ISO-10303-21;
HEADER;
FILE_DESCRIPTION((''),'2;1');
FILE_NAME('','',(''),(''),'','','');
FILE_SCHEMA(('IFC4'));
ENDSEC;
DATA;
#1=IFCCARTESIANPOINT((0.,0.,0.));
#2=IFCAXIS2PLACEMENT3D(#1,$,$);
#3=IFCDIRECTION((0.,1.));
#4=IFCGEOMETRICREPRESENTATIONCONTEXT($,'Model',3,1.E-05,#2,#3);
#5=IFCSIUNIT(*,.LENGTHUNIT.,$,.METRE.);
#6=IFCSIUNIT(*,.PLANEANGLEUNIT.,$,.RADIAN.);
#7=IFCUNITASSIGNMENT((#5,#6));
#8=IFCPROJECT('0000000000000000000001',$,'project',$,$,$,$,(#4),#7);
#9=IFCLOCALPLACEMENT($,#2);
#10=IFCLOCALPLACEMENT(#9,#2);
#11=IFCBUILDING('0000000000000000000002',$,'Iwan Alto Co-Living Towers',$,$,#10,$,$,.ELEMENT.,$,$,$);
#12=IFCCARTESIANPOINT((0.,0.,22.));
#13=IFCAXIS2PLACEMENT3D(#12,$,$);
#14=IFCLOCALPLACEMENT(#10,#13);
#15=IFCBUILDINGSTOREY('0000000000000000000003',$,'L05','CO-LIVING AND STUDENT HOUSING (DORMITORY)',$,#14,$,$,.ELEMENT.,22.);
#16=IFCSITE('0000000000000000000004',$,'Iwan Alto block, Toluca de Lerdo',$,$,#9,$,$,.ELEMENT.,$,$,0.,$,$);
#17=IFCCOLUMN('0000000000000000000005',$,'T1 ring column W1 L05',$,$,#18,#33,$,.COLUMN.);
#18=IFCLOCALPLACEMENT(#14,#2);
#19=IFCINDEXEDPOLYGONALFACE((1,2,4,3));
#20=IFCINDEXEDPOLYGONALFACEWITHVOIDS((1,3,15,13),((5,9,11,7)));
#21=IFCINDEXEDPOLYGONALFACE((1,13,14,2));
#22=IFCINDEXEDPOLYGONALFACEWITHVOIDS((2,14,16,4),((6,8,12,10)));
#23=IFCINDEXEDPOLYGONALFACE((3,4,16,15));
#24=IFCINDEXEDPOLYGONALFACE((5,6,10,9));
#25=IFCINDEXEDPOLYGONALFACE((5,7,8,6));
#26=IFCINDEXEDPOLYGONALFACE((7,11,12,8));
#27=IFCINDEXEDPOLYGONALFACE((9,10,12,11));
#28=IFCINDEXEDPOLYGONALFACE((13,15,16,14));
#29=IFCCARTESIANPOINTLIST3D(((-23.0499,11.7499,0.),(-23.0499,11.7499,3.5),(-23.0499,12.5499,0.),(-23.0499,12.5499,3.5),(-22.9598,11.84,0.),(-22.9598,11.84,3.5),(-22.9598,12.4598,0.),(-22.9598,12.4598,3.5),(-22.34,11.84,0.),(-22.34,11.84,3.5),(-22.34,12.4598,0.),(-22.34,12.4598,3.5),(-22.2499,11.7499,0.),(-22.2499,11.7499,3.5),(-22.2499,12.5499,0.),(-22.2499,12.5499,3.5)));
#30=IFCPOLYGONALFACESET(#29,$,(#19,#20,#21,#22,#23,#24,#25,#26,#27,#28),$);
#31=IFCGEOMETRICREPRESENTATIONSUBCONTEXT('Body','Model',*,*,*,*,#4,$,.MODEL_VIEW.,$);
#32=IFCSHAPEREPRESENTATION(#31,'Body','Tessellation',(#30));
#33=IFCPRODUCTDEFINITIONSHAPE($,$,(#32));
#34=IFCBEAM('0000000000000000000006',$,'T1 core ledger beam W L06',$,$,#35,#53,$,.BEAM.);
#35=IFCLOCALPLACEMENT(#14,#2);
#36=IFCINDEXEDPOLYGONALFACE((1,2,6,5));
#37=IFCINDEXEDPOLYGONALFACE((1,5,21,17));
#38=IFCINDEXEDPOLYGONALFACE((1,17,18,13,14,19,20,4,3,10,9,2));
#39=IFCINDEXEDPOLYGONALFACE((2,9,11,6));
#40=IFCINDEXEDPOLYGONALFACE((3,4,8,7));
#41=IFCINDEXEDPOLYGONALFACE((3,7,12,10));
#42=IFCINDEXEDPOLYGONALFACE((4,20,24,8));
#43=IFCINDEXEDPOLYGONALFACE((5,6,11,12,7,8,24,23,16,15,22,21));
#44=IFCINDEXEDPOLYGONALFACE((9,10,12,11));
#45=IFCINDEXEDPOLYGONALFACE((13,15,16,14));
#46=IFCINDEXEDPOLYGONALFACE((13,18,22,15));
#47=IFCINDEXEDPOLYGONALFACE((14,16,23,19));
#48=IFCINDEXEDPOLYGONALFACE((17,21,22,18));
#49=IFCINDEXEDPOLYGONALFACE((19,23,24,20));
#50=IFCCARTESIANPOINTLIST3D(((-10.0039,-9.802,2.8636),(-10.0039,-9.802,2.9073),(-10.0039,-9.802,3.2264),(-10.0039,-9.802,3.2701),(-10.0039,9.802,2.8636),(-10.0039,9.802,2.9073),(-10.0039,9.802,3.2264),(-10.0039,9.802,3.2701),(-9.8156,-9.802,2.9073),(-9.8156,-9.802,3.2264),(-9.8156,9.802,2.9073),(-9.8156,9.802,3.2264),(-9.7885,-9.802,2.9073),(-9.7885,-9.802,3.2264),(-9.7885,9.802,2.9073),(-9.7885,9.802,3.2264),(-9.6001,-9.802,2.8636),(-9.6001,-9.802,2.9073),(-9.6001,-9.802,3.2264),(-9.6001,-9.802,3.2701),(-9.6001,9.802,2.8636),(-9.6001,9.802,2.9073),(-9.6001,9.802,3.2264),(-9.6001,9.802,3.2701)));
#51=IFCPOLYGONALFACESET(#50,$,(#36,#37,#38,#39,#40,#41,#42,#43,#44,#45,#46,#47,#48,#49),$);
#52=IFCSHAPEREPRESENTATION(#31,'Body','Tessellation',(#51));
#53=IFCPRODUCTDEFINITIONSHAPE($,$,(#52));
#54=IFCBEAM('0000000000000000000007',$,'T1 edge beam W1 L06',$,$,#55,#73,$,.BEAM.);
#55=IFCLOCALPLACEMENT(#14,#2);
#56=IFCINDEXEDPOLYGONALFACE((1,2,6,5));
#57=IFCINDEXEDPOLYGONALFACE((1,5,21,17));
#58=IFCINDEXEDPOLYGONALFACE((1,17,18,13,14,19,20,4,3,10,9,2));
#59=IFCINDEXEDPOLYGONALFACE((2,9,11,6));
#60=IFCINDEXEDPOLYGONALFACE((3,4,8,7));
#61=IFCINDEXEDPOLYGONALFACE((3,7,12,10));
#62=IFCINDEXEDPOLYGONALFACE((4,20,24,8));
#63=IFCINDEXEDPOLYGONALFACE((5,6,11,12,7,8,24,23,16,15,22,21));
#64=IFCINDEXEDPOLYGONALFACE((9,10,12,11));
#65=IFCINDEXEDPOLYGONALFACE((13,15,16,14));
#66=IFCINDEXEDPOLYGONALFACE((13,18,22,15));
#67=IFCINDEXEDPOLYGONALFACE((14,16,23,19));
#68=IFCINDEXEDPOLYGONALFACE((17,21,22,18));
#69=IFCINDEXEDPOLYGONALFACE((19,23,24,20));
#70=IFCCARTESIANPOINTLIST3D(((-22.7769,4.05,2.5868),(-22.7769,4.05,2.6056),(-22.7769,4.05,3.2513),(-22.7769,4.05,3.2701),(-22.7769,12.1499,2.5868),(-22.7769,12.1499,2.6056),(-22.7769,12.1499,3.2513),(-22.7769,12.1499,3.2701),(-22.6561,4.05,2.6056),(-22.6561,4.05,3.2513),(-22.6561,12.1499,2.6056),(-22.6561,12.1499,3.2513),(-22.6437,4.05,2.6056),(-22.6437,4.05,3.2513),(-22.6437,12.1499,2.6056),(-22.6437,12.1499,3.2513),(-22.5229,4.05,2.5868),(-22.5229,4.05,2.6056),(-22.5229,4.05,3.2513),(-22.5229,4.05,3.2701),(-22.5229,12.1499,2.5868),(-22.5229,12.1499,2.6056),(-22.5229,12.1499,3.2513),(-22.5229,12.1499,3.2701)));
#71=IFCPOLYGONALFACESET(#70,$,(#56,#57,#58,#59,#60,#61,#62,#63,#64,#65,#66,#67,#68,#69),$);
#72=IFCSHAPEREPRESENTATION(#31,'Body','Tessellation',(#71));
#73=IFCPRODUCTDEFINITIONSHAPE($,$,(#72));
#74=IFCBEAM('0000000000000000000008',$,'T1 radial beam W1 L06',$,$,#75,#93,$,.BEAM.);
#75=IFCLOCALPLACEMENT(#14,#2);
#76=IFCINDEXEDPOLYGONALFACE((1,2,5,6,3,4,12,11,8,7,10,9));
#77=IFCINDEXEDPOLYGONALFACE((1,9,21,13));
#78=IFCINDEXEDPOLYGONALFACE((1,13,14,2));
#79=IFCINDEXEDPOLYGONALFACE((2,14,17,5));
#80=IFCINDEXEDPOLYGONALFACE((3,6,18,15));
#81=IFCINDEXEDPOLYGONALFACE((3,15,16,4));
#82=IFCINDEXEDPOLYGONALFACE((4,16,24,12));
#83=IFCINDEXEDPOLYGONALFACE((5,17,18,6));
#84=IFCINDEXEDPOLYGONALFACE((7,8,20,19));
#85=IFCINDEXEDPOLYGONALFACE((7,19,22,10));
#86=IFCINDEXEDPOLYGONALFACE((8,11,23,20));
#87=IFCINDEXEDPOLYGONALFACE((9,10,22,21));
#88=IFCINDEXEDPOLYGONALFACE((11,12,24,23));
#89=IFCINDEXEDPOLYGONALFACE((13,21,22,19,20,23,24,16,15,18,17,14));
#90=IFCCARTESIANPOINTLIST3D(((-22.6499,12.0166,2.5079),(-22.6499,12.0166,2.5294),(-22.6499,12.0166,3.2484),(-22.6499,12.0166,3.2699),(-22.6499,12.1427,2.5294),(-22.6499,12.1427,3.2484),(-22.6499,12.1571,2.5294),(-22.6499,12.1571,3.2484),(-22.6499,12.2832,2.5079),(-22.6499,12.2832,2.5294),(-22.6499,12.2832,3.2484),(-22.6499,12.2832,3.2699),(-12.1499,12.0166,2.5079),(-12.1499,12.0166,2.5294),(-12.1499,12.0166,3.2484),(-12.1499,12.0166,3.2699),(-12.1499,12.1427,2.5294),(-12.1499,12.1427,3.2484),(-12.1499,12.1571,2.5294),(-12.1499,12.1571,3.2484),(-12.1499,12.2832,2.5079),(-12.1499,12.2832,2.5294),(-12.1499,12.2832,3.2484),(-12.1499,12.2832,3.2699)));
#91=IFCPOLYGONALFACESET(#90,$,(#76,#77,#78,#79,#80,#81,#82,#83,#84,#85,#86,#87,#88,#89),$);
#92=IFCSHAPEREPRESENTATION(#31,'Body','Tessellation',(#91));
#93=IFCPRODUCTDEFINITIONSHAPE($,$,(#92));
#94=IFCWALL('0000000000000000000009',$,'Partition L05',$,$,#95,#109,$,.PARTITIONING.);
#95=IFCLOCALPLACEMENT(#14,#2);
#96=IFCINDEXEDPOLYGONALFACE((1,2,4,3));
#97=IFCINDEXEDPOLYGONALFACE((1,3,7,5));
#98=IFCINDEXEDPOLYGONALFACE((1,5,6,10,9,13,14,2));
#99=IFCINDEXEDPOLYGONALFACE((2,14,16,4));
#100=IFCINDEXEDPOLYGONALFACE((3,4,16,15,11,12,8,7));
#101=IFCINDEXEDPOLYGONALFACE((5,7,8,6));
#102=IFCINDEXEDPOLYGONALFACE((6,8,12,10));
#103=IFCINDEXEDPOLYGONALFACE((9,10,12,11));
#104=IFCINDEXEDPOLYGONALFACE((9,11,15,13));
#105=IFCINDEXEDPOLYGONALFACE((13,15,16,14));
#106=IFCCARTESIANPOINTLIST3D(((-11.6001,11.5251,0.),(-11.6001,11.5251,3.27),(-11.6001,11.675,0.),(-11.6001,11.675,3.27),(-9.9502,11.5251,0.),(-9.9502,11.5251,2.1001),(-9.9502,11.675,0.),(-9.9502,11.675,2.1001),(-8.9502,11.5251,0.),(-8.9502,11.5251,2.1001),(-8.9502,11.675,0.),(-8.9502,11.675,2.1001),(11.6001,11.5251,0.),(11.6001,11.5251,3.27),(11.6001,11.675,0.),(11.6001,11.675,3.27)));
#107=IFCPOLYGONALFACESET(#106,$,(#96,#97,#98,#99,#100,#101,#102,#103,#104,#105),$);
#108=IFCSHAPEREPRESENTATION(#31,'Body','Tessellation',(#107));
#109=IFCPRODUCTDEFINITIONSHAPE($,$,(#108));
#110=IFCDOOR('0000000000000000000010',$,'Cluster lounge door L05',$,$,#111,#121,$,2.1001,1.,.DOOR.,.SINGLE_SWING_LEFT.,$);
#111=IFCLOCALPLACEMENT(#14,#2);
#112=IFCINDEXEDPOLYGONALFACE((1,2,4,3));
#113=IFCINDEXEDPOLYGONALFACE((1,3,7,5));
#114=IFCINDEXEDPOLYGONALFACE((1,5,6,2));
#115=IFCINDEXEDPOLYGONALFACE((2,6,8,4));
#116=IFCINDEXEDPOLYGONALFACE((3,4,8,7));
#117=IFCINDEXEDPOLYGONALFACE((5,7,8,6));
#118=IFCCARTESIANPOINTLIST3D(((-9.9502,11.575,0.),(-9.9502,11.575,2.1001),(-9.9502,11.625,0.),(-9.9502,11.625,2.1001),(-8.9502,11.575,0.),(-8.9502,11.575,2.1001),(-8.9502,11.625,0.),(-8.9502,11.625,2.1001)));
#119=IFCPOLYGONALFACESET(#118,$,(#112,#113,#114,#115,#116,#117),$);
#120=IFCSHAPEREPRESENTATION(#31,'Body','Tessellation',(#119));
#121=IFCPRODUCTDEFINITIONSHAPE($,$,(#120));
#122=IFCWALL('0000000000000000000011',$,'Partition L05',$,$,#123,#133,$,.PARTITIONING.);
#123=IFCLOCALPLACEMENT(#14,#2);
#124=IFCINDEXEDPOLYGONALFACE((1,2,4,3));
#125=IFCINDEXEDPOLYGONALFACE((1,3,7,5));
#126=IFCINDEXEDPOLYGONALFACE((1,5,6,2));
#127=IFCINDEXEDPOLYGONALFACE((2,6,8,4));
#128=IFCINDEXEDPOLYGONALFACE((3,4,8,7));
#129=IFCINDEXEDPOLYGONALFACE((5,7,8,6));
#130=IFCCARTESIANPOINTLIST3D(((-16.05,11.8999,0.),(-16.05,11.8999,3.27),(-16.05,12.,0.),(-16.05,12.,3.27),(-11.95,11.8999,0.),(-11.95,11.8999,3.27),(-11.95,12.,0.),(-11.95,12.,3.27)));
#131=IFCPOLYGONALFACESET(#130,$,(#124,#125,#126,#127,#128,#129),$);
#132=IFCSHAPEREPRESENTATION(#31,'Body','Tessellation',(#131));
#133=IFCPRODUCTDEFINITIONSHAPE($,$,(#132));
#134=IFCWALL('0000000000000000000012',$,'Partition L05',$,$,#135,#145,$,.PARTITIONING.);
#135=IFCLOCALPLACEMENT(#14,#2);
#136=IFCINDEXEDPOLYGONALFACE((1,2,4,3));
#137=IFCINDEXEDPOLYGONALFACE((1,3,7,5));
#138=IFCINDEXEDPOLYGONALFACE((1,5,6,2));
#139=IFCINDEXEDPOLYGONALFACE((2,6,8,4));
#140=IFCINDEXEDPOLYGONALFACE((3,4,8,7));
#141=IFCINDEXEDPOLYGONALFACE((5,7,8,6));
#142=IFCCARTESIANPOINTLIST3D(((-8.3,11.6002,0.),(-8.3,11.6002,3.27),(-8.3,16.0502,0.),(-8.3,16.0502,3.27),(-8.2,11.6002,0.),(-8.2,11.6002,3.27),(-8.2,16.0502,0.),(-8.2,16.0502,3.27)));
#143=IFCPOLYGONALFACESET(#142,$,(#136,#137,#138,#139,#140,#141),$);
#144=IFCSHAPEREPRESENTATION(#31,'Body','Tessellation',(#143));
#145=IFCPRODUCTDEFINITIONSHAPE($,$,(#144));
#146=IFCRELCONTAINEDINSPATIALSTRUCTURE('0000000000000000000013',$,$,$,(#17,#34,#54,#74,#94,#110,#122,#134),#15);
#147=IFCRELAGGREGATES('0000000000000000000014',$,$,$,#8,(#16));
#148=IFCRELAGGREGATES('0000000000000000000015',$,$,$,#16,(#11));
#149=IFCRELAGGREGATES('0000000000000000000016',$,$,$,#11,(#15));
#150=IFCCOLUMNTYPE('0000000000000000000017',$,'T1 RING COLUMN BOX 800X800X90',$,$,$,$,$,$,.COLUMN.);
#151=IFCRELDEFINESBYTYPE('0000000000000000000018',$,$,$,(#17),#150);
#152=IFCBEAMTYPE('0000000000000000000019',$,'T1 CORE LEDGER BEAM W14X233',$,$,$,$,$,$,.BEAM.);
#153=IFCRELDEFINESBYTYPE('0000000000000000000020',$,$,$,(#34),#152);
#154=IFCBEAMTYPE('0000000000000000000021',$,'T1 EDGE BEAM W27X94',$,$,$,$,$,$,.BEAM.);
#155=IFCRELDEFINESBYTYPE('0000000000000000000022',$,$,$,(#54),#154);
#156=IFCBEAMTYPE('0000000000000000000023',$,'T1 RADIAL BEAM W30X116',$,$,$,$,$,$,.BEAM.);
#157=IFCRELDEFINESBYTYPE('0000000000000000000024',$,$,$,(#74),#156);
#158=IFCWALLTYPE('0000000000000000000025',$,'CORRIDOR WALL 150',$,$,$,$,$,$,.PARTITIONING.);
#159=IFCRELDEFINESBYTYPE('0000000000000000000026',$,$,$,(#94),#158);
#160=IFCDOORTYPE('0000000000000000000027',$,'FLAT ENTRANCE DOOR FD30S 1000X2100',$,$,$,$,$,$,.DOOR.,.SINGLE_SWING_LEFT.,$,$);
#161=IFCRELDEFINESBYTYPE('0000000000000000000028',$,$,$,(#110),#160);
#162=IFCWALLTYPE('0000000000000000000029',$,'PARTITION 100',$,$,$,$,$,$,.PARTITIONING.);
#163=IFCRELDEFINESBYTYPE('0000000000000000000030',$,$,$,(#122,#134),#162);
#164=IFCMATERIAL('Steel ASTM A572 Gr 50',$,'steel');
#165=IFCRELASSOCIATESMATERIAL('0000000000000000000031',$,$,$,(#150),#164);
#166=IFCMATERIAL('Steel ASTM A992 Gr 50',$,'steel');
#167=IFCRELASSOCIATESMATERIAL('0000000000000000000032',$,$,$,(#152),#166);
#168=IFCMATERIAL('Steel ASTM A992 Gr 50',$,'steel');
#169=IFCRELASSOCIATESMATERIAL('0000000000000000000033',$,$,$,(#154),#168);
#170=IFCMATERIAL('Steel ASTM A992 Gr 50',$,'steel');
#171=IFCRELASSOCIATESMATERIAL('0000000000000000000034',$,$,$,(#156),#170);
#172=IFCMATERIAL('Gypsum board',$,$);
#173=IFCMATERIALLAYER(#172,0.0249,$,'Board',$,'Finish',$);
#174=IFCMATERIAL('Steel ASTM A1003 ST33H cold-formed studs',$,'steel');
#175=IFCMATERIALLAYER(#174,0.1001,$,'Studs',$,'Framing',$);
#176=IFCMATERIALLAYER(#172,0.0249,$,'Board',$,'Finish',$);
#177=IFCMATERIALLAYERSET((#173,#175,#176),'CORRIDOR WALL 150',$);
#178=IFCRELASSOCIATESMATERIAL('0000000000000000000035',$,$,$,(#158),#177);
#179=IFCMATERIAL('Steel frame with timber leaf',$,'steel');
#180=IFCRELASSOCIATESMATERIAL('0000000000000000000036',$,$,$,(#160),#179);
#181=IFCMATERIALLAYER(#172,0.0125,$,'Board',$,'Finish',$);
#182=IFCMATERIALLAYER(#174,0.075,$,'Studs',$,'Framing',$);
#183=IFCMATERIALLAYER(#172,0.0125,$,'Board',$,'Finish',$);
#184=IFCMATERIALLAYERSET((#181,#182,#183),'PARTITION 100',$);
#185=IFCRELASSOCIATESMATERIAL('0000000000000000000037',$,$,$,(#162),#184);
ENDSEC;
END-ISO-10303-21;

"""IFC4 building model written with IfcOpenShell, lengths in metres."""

from ifc_helpers import new_model, si_unit, direction, frame, frame_2d, origin, origin_2d, place, context, subcontext, project, spatial, rectangle, hollow_rectangle, i_section, extrude, material, layer, layer_set, material_profile, profile_set, type_object, element, fill, save


model = new_model("IFC4")

# Units and contexts
model_context = context("Model", 3, precision=1e-05, world=origin(), true_north=direction((0.0, 1.0)))
body_context = subcontext(model_context, "Body", "Model", "MODEL_VIEW")
ifc_project = project(units=[si_unit("LENGTHUNIT", "METRE"), si_unit("PLANEANGLEUNIT", "RADIAN")], contexts=[model_context])

# Site, building, storey
site_placement = place(None, origin())
site = spatial("IfcSite", under=ifc_project, at=site_placement, Name="Iwan Alto block, Toluca de Lerdo", CompositionType="ELEMENT", RefElevation=0.0)
building_placement = place(site_placement, origin())
building = spatial("IfcBuilding", under=site, at=building_placement, Name="Iwan Alto Co-Living Towers", CompositionType="ELEMENT")
storey_placement = place(building_placement, frame((0.0, 0.0, 22.0)))
storey = spatial("IfcBuildingStorey", under=building, at=storey_placement, Name="L05", Description="CO-LIVING AND STUDENT HOUSING (DORMITORY)", CompositionType="ELEMENT", Elevation=22.0)

# Column
ifc_material_1 = material(Name="Steel ASTM A572 Gr 50", Category="steel")
ifc_material_profile_1 = material_profile(ifc_material_1, hollow_rectangle(XDim=0.8, YDim=0.8, WallThickness=0.0901, at=origin_2d()), Name="BOX 800X800X90")
ifc_profile_set_1 = profile_set([ifc_material_profile_1], Name="Steel ASTM A572 Gr 50")
column_type = type_object("IfcColumnType", Name="T1 RING COLUMN BOX 800X800X90", PredefinedType="COLUMN", material=ifc_profile_set_1)
column_placement = place(storey_placement, frame((-22.6499, 12.1499, 0.0), z_axis=(0.0, 0.0, 1.0), x_axis=(1.0, 0.0, 0.0)))
element("IfcColumn", 1, at=column_placement, inside=storey, type_object=column_type, Name="T1 ring column W1 L05", PredefinedType="COLUMN", context=body_context, shape_type="SweptSolid", body=[
    extrude(hollow_rectangle(XDim=0.8, YDim=0.8, WallThickness=0.0901, at=origin_2d()), origin(), (0.0, 0.0, 1.0), 3.5),
])

# Beams
ifc_material_2 = material(Name="Steel ASTM A992 Gr 50", Category="steel")
ifc_material_profile_2 = material_profile(ifc_material_2, i_section(OverallWidth=0.4038, OverallDepth=0.4065, WebThickness=0.0271, FlangeThickness=0.0437, at=origin_2d()), Name="W14X233")
ifc_profile_set_2 = profile_set([ifc_material_profile_2], Name="Steel ASTM A992 Gr 50")
beam_type_1 = type_object("IfcBeamType", Name="T1 CORE LEDGER BEAM W14X233", PredefinedType="BEAM", material=ifc_profile_set_2)
beam_1_placement = place(storey_placement, frame((-9.802, 9.802, 3.0669), z_axis=(0.0, -1.0, 0.0), x_axis=(1.0, 0.0, 0.0)))
element("IfcBeam", 2, at=beam_1_placement, inside=storey, type_object=beam_type_1, Name="T1 core ledger beam W L06", PredefinedType="BEAM", context=body_context, shape_type="SweptSolid", body=[
    extrude(i_section(OverallWidth=0.4038, OverallDepth=0.4065, WebThickness=0.0271, FlangeThickness=0.0437, at=origin_2d()), origin(), (0.0, 0.0, 1.0), 19.604),
])
ifc_material_3 = material(Name="Steel ASTM A992 Gr 50", Category="steel")
ifc_material_profile_3 = material_profile(ifc_material_3, i_section(OverallWidth=0.2539, OverallDepth=0.6833, WebThickness=0.0125, FlangeThickness=0.0188, at=origin_2d()), Name="W27X94")
ifc_profile_set_3 = profile_set([ifc_material_profile_3], Name="Steel ASTM A992 Gr 50")
beam_type_2 = type_object("IfcBeamType", Name="T1 EDGE BEAM W27X94", PredefinedType="BEAM", material=ifc_profile_set_3)
beam_2_placement = place(storey_placement, frame((-22.6499, 12.1499, 2.9285), z_axis=(0.0, -1.0, 0.0), x_axis=(1.0, 0.0, 0.0)))
element("IfcBeam", 3, at=beam_2_placement, inside=storey, type_object=beam_type_2, Name="T1 edge beam W1 L06", PredefinedType="BEAM", context=body_context, shape_type="SweptSolid", body=[
    extrude(i_section(OverallWidth=0.2539, OverallDepth=0.6833, WebThickness=0.0125, FlangeThickness=0.0188, at=origin_2d()), origin(), (0.0, 0.0, 1.0), 8.0999),
])
ifc_material_4 = material(Name="Steel ASTM A992 Gr 50", Category="steel")
ifc_material_profile_4 = material_profile(ifc_material_4, i_section(OverallWidth=0.2666, OverallDepth=0.762, WebThickness=0.0144, FlangeThickness=0.0215, at=origin_2d()), Name="W30X116")
ifc_profile_set_4 = profile_set([ifc_material_profile_4], Name="Steel ASTM A992 Gr 50")
beam_type_3 = type_object("IfcBeamType", Name="T1 RADIAL BEAM W30X116", PredefinedType="BEAM", material=ifc_profile_set_4)
beam_3_placement = place(storey_placement, frame((-22.6499, 12.1499, 2.8889), z_axis=(1.0, 0.0, 0.0), x_axis=(0.0, 1.0, 0.0)))
element("IfcBeam", 4, at=beam_3_placement, inside=storey, type_object=beam_type_3, Name="T1 radial beam W1 L06", PredefinedType="BEAM", context=body_context, shape_type="SweptSolid", body=[
    extrude(i_section(OverallWidth=0.2666, OverallDepth=0.762, WebThickness=0.0144, FlangeThickness=0.0215, at=origin_2d()), origin(), (0.0, 0.0, 1.0), 10.5),
])

# Wall, opening, door
ifc_material_5 = material(Name="Gypsum board")
ifc_layer_1 = layer(ifc_material_5, 0.0249, Name="Board", Category="Finish")
ifc_material_6 = material(Name="Steel ASTM A1003 ST33H cold-formed studs", Category="steel")
ifc_layer_2 = layer(ifc_material_6, 0.1001, Name="Studs", Category="Framing")
ifc_layer_3 = layer(ifc_material_5, 0.0249, Name="Board", Category="Finish")
ifc_layer_set_1 = layer_set([ifc_layer_1, ifc_layer_2, ifc_layer_3], Name="CORRIDOR WALL 150")
wall_type_1 = type_object("IfcWallType", Name="CORRIDOR WALL 150", PredefinedType="PARTITIONING", material=ifc_layer_set_1)
wall_1_placement = place(storey_placement, frame((-11.6001, 11.6001, 0.0), z_axis=(0.0, 0.0, 1.0), x_axis=(1.0, 0.0, 0.0)))
wall_1 = element("IfcWall", 5, at=wall_1_placement, inside=storey, type_object=wall_type_1, Name="Partition L05", PredefinedType="PARTITIONING", context=body_context, shape_type="SweptSolid", body=[
    extrude(rectangle(XDim=23.2002, YDim=0.1499, at=frame_2d((11.6001, 0.0))), origin(), (0.0, 0.0, 1.0), 3.27),
])
opening_1_placement = place(wall_1_placement, frame((1.6499, 0.0, 0.0)))
opening_1 = element("IfcOpeningElement", 6, at=opening_1_placement, cuts=wall_1, PredefinedType="OPENING", context=body_context, shape_type="SweptSolid", body=[
    extrude(rectangle(XDim=1.0, YDim=2.1001, at=frame_2d((0.5, 1.05))), frame((0.0, 0.085, 0.0), z_axis=(0.0, -1.0, 0.0), x_axis=(1.0, 0.0, 0.0)), (0.0, 0.0, 1.0), 0.1699),
])
ifc_material_7 = material(Name="Steel frame with timber leaf", Category="steel")
door_type_1 = type_object("IfcDoorType", Name="FLAT ENTRANCE DOOR FD30S 1000X2100", OperationType="SINGLE_SWING_LEFT", PredefinedType="DOOR", material=ifc_material_7)
door_1_placement = place(opening_1_placement, origin())
door_1 = element("IfcDoor", 7, at=door_1_placement, inside=storey, type_object=door_type_1, Name="Cluster lounge door L05", OperationType="SINGLE_SWING_LEFT", OverallHeight=2.1001, OverallWidth=1.0, PredefinedType="DOOR", context=body_context, shape_type="SweptSolid", body=[
    extrude(rectangle(XDim=1.0, YDim=2.1001, at=frame_2d((0.5, 1.05))), frame((0.0, 0.0249, 0.0), z_axis=(0.0, -1.0, 0.0), x_axis=(1.0, 0.0, 0.0)), (0.0, 0.0, 1.0), 0.05),
])
fill(opening_1, door_1)

# Walls
ifc_layer_4 = layer(ifc_material_5, 0.0125, Name="Board", Category="Finish")
ifc_layer_5 = layer(ifc_material_6, 0.075, Name="Studs", Category="Framing")
ifc_layer_6 = layer(ifc_material_5, 0.0125, Name="Board", Category="Finish")
ifc_layer_set_2 = layer_set([ifc_layer_4, ifc_layer_5, ifc_layer_6], Name="PARTITION 100")
wall_type_2 = type_object("IfcWallType", Name="PARTITION 100", PredefinedType="PARTITIONING", material=ifc_layer_set_2)
wall_2_placement = place(storey_placement, frame((-16.05, 11.95, 0.0), z_axis=(0.0, 0.0, 1.0), x_axis=(1.0, 0.0, 0.0)))
element("IfcWall", 8, at=wall_2_placement, inside=storey, type_object=wall_type_2, Name="Partition L05", PredefinedType="PARTITIONING", context=body_context, shape_type="SweptSolid", body=[
    extrude(rectangle(XDim=4.1001, YDim=0.1001, at=frame_2d((2.05, 0.0))), origin(), (0.0, 0.0, 1.0), 3.27),
])
wall_3_placement = place(storey_placement, frame((-8.25, 11.6001, 0.0), z_axis=(0.0, 0.0, 1.0), x_axis=(0.0, 1.0, 0.0)))
element("IfcWall", 9, at=wall_3_placement, inside=storey, type_object=wall_type_2, Name="Partition L05", PredefinedType="PARTITIONING", context=body_context, shape_type="SweptSolid", body=[
    extrude(rectangle(XDim=4.45, YDim=0.1001, at=frame_2d((2.2251, 0.0))), origin(), (0.0, 0.0, 1.0), 3.27),
])

save(model, "model.ifc")
